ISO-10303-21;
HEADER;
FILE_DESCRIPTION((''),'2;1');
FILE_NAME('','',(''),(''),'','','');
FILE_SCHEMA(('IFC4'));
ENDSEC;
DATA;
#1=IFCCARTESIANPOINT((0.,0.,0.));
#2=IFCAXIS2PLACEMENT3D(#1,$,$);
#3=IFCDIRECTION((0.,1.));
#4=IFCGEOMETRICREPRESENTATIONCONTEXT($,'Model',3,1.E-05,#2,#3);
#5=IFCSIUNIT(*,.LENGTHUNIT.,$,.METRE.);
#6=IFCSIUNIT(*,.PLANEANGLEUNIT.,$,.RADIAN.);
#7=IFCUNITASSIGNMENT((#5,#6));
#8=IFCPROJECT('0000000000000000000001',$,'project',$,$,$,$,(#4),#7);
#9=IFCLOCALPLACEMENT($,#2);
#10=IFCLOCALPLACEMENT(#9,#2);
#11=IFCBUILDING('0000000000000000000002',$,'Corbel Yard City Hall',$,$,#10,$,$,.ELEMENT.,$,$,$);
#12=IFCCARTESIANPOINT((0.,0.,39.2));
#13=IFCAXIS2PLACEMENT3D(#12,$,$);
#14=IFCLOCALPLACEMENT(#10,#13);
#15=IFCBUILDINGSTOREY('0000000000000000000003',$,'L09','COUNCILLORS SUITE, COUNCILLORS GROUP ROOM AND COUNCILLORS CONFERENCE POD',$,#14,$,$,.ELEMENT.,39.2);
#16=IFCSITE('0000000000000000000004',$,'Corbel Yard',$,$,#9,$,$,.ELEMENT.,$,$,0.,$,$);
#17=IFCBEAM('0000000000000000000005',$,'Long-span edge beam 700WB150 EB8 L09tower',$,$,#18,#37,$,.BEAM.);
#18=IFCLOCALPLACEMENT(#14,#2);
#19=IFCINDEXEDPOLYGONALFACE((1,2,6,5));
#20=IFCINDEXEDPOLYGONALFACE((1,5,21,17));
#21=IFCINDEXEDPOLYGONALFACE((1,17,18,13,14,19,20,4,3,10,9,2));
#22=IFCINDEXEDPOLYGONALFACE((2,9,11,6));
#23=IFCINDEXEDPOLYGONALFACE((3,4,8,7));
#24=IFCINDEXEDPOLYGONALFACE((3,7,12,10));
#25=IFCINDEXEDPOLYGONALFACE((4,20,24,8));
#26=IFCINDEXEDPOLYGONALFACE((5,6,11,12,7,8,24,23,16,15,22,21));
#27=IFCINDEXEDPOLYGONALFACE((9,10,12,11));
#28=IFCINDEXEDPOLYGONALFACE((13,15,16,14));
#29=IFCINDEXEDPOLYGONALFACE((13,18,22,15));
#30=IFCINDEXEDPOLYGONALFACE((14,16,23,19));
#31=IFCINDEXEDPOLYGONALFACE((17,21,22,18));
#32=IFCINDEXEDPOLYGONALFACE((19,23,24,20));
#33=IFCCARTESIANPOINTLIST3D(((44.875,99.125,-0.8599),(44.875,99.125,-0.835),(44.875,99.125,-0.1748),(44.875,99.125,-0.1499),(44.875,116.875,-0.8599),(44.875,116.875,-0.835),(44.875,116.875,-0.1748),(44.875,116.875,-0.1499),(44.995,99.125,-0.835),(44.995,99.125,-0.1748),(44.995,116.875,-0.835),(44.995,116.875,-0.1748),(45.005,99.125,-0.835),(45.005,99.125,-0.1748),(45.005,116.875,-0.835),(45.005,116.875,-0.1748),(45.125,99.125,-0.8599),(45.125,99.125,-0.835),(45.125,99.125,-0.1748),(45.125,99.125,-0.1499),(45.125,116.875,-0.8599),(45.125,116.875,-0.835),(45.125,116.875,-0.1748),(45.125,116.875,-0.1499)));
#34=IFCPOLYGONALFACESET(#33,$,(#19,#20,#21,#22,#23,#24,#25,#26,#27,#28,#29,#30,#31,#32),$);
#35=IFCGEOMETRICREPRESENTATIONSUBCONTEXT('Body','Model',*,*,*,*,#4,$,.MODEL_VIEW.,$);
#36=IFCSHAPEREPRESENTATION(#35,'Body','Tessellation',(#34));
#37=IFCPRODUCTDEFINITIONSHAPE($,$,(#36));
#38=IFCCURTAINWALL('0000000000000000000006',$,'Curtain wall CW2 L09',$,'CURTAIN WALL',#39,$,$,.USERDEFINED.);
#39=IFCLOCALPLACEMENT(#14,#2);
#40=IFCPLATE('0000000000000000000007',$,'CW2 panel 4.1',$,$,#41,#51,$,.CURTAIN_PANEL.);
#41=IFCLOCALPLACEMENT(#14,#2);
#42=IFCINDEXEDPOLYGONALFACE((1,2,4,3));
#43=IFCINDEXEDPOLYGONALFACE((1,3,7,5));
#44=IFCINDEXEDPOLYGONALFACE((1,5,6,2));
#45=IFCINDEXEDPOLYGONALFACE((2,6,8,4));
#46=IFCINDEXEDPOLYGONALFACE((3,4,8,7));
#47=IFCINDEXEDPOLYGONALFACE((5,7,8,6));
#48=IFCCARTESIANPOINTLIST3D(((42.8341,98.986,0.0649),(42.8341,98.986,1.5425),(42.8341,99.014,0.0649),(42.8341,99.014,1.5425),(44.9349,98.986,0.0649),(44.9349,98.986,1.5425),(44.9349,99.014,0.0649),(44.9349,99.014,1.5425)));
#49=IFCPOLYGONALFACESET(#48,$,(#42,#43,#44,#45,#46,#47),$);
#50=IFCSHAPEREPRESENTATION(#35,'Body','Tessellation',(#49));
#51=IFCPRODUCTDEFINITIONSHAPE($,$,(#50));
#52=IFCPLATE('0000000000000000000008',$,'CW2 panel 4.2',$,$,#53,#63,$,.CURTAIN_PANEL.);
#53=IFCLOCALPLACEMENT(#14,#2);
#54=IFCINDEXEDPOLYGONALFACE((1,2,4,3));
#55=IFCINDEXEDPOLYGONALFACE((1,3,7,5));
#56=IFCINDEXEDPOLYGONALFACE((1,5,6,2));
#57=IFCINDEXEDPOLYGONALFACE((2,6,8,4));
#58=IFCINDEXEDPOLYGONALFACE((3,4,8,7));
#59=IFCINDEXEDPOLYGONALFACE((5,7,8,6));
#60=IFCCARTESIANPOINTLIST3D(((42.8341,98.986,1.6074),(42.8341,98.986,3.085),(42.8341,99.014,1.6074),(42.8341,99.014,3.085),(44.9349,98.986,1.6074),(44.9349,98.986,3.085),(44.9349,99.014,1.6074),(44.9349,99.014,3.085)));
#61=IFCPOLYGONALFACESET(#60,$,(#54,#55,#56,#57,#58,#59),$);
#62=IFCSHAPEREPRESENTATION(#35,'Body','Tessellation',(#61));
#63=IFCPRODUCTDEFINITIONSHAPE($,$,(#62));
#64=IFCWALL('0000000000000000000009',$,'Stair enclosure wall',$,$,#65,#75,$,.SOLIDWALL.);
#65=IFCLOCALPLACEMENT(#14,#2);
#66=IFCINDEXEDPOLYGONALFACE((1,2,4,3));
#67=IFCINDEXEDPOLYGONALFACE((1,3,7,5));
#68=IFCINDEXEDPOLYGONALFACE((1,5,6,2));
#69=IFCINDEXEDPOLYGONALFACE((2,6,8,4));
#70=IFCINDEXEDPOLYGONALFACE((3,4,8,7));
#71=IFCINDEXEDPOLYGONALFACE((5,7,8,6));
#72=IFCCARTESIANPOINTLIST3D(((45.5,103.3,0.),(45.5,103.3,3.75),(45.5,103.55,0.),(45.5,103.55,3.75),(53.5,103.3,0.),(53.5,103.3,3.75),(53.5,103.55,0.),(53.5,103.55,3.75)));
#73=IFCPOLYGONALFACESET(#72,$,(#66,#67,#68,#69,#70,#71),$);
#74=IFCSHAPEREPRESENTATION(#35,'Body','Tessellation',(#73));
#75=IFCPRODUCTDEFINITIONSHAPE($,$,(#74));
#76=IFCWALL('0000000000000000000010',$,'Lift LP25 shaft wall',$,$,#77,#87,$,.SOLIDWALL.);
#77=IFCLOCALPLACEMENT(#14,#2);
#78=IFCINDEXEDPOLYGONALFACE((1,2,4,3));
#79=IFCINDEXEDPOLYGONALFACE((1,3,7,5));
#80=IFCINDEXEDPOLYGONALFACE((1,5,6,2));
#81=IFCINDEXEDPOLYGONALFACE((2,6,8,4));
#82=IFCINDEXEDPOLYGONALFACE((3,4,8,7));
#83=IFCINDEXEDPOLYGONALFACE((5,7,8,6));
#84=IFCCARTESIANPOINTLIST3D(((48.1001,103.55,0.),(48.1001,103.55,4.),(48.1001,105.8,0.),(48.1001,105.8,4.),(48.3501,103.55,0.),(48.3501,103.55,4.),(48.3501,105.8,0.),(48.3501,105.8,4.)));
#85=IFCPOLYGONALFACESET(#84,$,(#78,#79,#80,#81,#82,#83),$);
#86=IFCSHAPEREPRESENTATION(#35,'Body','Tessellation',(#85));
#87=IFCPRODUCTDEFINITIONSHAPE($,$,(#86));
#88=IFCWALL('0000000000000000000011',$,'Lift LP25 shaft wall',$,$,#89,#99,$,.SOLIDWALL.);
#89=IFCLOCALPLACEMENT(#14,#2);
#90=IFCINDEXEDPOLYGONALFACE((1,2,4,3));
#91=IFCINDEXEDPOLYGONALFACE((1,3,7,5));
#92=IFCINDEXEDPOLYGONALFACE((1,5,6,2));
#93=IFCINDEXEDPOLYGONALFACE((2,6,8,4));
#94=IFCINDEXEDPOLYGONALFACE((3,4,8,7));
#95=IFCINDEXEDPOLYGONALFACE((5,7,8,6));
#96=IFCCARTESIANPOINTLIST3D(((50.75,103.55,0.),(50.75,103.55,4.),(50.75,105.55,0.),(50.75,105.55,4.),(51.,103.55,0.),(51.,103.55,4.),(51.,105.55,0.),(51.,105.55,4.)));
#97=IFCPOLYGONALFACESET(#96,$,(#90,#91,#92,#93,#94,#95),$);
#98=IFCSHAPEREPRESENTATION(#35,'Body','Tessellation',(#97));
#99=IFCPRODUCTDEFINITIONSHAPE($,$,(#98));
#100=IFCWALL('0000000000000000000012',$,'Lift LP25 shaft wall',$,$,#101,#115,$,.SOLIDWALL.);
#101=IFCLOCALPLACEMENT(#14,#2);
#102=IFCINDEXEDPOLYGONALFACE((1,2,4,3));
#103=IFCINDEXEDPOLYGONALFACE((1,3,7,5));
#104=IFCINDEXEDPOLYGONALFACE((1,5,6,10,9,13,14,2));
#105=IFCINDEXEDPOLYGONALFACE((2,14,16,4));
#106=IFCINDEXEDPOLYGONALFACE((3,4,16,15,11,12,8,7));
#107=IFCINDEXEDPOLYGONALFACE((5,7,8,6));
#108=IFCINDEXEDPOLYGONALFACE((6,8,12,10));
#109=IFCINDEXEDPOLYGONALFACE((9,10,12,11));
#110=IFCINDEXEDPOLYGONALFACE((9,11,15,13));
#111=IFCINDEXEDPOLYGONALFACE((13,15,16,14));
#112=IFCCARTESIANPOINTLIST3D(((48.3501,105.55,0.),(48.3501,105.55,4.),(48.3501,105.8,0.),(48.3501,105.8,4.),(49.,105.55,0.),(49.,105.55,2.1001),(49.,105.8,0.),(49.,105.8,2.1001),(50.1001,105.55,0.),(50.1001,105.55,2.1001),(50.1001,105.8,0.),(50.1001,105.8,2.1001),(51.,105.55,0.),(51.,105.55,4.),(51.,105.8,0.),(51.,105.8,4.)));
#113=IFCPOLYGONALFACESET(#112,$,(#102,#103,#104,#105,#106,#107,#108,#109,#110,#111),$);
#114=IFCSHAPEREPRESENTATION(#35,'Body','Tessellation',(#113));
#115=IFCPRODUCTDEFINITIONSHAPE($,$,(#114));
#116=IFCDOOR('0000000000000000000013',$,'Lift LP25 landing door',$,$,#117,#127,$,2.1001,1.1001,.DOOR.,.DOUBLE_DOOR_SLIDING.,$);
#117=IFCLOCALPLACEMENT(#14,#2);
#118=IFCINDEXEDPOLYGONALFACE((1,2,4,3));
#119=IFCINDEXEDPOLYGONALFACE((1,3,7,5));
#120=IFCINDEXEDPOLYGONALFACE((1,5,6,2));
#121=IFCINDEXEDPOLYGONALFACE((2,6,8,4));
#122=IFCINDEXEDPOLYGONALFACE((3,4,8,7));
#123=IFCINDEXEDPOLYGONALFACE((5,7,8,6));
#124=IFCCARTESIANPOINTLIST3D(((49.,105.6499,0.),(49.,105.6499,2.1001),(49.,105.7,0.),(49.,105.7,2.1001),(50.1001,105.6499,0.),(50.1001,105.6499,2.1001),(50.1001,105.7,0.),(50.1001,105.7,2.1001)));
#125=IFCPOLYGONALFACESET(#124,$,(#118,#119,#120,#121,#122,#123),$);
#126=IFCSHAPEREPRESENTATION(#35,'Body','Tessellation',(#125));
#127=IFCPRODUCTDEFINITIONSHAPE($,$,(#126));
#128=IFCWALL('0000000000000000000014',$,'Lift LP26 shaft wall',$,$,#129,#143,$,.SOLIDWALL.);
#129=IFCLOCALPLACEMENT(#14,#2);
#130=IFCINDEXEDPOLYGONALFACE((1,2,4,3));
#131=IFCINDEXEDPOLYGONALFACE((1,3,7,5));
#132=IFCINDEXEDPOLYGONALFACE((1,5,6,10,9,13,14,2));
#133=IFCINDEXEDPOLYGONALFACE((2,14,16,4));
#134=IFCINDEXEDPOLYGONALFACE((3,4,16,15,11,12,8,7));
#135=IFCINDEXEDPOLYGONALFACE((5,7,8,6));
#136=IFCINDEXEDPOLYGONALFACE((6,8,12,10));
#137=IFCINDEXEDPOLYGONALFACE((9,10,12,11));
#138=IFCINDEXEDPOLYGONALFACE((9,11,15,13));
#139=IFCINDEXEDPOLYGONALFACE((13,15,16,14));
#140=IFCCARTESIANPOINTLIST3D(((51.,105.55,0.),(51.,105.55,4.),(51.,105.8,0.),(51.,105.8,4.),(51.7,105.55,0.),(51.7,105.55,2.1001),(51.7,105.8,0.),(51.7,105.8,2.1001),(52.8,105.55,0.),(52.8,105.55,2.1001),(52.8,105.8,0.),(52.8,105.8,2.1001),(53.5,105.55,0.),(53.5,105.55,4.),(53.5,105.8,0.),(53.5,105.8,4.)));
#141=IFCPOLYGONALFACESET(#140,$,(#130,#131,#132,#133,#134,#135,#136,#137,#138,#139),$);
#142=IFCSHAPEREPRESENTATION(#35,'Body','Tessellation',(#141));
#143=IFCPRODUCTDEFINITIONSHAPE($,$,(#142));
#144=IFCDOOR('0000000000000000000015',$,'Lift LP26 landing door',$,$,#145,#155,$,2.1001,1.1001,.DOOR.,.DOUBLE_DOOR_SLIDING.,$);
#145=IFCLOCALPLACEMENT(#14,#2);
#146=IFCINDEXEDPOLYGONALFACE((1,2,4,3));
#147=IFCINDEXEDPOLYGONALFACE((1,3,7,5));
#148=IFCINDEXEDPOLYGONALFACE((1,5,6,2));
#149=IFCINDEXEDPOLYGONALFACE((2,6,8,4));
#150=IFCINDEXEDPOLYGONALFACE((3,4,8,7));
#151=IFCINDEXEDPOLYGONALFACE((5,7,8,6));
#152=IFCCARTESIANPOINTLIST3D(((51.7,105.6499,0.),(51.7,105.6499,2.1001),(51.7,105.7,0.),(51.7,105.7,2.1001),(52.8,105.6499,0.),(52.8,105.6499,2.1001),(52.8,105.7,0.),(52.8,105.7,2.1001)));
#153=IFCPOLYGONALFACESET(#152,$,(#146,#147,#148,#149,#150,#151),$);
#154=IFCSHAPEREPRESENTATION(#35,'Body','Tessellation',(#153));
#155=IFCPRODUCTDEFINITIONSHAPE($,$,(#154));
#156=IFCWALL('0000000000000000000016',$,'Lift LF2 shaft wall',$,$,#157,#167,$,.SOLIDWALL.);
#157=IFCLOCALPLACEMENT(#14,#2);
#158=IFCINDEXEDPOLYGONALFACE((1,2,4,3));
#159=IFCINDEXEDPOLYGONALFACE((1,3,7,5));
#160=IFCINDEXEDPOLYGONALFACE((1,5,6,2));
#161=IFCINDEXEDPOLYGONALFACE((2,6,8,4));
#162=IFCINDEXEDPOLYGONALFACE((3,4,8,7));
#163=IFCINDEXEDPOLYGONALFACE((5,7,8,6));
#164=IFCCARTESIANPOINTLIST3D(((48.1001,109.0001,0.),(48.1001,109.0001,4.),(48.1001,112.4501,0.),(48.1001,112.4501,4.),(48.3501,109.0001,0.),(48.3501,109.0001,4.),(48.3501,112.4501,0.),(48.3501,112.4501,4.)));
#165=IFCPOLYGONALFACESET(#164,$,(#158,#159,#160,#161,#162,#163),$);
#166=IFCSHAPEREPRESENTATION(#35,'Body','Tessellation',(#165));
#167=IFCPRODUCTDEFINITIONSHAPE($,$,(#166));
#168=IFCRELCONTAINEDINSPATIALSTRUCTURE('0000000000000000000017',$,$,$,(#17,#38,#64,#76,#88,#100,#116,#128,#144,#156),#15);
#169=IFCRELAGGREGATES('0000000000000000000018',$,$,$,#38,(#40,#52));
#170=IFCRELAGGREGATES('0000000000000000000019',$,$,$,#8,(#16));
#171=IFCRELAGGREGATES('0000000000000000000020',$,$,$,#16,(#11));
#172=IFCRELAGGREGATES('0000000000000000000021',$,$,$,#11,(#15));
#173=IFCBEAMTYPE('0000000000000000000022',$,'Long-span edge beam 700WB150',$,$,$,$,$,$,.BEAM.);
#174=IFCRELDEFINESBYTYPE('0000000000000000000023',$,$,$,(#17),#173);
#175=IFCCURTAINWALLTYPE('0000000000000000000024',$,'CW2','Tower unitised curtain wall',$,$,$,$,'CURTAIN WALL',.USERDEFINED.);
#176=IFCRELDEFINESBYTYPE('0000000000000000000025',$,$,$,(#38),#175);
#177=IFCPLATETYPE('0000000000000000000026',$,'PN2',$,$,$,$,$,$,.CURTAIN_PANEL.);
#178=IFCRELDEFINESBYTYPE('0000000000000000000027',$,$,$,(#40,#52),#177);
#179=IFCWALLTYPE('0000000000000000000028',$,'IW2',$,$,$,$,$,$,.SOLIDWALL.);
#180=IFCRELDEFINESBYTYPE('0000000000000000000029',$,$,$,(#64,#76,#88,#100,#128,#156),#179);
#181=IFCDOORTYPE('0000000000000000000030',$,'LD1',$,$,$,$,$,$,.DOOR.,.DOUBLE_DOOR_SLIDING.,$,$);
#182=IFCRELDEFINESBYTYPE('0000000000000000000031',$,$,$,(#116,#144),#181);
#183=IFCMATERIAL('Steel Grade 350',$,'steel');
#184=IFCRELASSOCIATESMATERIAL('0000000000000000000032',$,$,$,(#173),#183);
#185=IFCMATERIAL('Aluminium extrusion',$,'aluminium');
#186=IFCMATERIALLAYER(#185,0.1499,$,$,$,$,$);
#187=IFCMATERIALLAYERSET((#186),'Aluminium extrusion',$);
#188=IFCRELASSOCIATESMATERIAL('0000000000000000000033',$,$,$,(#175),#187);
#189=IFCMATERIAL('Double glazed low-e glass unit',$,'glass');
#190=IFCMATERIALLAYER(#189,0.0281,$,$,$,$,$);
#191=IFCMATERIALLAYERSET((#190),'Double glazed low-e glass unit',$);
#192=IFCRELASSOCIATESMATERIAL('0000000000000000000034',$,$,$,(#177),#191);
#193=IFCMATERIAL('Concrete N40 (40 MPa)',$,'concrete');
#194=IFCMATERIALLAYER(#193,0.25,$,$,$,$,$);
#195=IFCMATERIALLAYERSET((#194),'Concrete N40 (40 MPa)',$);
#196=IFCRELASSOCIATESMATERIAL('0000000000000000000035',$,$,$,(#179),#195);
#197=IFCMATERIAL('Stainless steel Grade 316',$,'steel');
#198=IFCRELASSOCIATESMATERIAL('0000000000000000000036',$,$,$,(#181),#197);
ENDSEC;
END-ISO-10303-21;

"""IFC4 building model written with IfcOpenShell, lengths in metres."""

from ifc_helpers import new_model, si_unit, direction, frame, frame_2d, origin, origin_2d, place, context, subcontext, project, spatial, rectangle, i_section, extrude, material, layer, layer_set, material_profile, profile_set, type_object, element, fill, aggregate, save


model = new_model("IFC4")

# Units and contexts
model_context = context("Model", 3, precision=1e-05, world=origin(), true_north=direction((0.0, 1.0)))
body_context = subcontext(model_context, "Body", "Model", "MODEL_VIEW")
ifc_project = project(units=[si_unit("LENGTHUNIT", "METRE"), si_unit("PLANEANGLEUNIT", "RADIAN")], contexts=[model_context])

# Site, building, storey
site_placement = place(None, origin())
site = spatial("IfcSite", under=ifc_project, at=site_placement, Name="Corbel Yard", CompositionType="ELEMENT", RefElevation=0.0)
building_placement = place(site_placement, origin())
building = spatial("IfcBuilding", under=site, at=building_placement, Name="Corbel Yard City Hall", CompositionType="ELEMENT")
storey_placement = place(building_placement, frame((0.0, 0.0, 39.2)))
storey = spatial("IfcBuildingStorey", under=building, at=storey_placement, Name="L09", Description="COUNCILLORS SUITE, COUNCILLORS GROUP ROOM AND COUNCILLORS CONFERENCE POD", CompositionType="ELEMENT", Elevation=39.2)

# Beam
ifc_material_1 = material(Name="Steel Grade 350", Category="steel")
ifc_material_profile = material_profile(ifc_material_1, i_section(OverallWidth=0.25, OverallDepth=0.71, WebThickness=0.01, FlangeThickness=0.0249, at=origin_2d()), Name="700WB150")
ifc_profile_set = profile_set([ifc_material_profile], Name="Steel Grade 350")
beam_type = type_object("IfcBeamType", Name="Long-span edge beam 700WB150", PredefinedType="BEAM", material=ifc_profile_set)
beam_placement = place(storey_placement, frame((45.0, 99.125, -0.5049), z_axis=(0.0, 1.0, 0.0), x_axis=(-1.0, 0.0, 0.0)))
element("IfcBeam", 1, at=beam_placement, inside=storey, type_object=beam_type, Name="Long-span edge beam 700WB150 EB8 L09tower", PredefinedType="BEAM", context=body_context, shape_type="SweptSolid", body=[
    extrude(i_section(OverallWidth=0.25, OverallDepth=0.71, WebThickness=0.01, FlangeThickness=0.0249, at=origin_2d()), origin(), (0.0, 0.0, 1.0), 17.75),
])

# Curtain wall, plates
ifc_material_2 = material(Name="Aluminium extrusion", Category="aluminium")
ifc_layer_1 = layer(ifc_material_2, 0.1499)
ifc_layer_set_1 = layer_set([ifc_layer_1], Name="Aluminium extrusion")
curtain_wall_type = type_object("IfcCurtainWallType", Name="CW2", Description="Tower unitised curtain wall", ElementType="CURTAIN WALL", PredefinedType="USERDEFINED", material=ifc_layer_set_1)
curtain_wall_placement = place(storey_placement, origin())
curtain_wall = element("IfcCurtainWall", 2, at=curtain_wall_placement, inside=storey, type_object=curtain_wall_type, Name="Curtain wall CW2 L09", ObjectType="CURTAIN WALL", PredefinedType="USERDEFINED")
ifc_material_3 = material(Name="Double glazed low-e glass unit", Category="glass")
ifc_layer_2 = layer(ifc_material_3, 0.0281)
ifc_layer_set_2 = layer_set([ifc_layer_2], Name="Double glazed low-e glass unit")
plate_type = type_object("IfcPlateType", Name="PN2", PredefinedType="CURTAIN_PANEL", material=ifc_layer_set_2)
plate_1_placement = place(storey_placement, frame((43.8845, 99.0, 0.0649), z_axis=(0.0, 0.0, 1.0), x_axis=(1.0, 0.0, 0.0)))
plate_1 = element("IfcPlate", 3, at=plate_1_placement, type_object=plate_type, Name="CW2 panel 4.1", PredefinedType="CURTAIN_PANEL", context=body_context, shape_type="SweptSolid", body=[
    extrude(rectangle(XDim=2.1008, YDim=0.0281, at=origin_2d()), origin(), (0.0, 0.0, 1.0), 1.4775),
])
plate_2_placement = place(storey_placement, frame((43.8845, 99.0, 1.6074), z_axis=(0.0, 0.0, 1.0), x_axis=(1.0, 0.0, 0.0)))
plate_2 = element("IfcPlate", 4, at=plate_2_placement, type_object=plate_type, Name="CW2 panel 4.2", PredefinedType="CURTAIN_PANEL", context=body_context, shape_type="SweptSolid", body=[
    extrude(rectangle(XDim=2.1008, YDim=0.0281, at=origin_2d()), origin(), (0.0, 0.0, 1.0), 1.4775),
])
aggregate(curtain_wall, [plate_1, plate_2])

# Walls
ifc_material_4 = material(Name="Concrete N40 (40 MPa)", Category="concrete")
ifc_layer_3 = layer(ifc_material_4, 0.25)
ifc_layer_set_3 = layer_set([ifc_layer_3], Name="Concrete N40 (40 MPa)")
wall_type_1 = type_object("IfcWallType", Name="IW2", PredefinedType="SOLIDWALL", material=ifc_layer_set_3)
wall_1_placement = place(storey_placement, frame((45.5, 103.425, 0.0), z_axis=(0.0, 0.0, 1.0), x_axis=(1.0, 0.0, 0.0)))
element("IfcWall", 5, at=wall_1_placement, inside=storey, type_object=wall_type_1, Name="Stair enclosure wall", PredefinedType="SOLIDWALL", context=body_context, shape_type="SweptSolid", body=[
    extrude(rectangle(XDim=8.0, YDim=0.25, at=frame_2d((4.0, 0.0))), origin(), (0.0, 0.0, 1.0), 3.75),
])
wall_2_placement = place(storey_placement, frame((48.2251, 103.55, 0.0), z_axis=(0.0, 0.0, 1.0), x_axis=(0.0, 1.0, 0.0)))
element("IfcWall", 6, at=wall_2_placement, inside=storey, type_object=wall_type_1, Name="Lift LP25 shaft wall", PredefinedType="SOLIDWALL", context=body_context, shape_type="SweptSolid", body=[
    extrude(rectangle(XDim=2.25, YDim=0.25, at=frame_2d((1.125, 0.0))), origin(), (0.0, 0.0, 1.0), 4.0),
])
wall_3_placement = place(storey_placement, frame((50.875, 103.55, 0.0), z_axis=(0.0, 0.0, 1.0), x_axis=(0.0, 1.0, 0.0)))
element("IfcWall", 7, at=wall_3_placement, inside=storey, type_object=wall_type_1, Name="Lift LP25 shaft wall", PredefinedType="SOLIDWALL", context=body_context, shape_type="SweptSolid", body=[
    extrude(rectangle(XDim=2.0, YDim=0.25, at=frame_2d((1.0, 0.0))), origin(), (0.0, 0.0, 1.0), 4.0),
])

# Walls, openings, doors
wall_4_placement = place(storey_placement, frame((48.3501, 105.675, 0.0), z_axis=(0.0, 0.0, 1.0), x_axis=(1.0, 0.0, 0.0)))
wall_4 = element("IfcWall", 8, at=wall_4_placement, inside=storey, type_object=wall_type_1, Name="Lift LP25 shaft wall", PredefinedType="SOLIDWALL", context=body_context, shape_type="SweptSolid", body=[
    extrude(rectangle(XDim=2.6499, YDim=0.25, at=frame_2d((1.325, 0.0))), origin(), (0.0, 0.0, 1.0), 4.0),
])
opening_1_placement = place(wall_4_placement, frame((0.6499, 0.0, 0.0)))
opening_1 = element("IfcOpeningElement", 9, at=opening_1_placement, cuts=wall_4, PredefinedType="OPENING", context=body_context, shape_type="SweptSolid", body=[
    extrude(rectangle(XDim=1.1001, YDim=2.1001, at=frame_2d((0.55, 1.05))), frame((0.0, 0.135, 0.0), z_axis=(0.0, -1.0, 0.0), x_axis=(1.0, 0.0, 0.0)), (0.0, 0.0, 1.0), 0.27),
])
ifc_material_5 = material(Name="Stainless steel Grade 316", Category="steel")
door_type_1 = type_object("IfcDoorType", Name="LD1", OperationType="DOUBLE_DOOR_SLIDING", PredefinedType="DOOR", material=ifc_material_5)
door_1_placement = place(opening_1_placement, origin())
door_1 = element("IfcDoor", 10, at=door_1_placement, inside=storey, type_object=door_type_1, Name="Lift LP25 landing door", OperationType="DOUBLE_DOOR_SLIDING", OverallHeight=2.1001, OverallWidth=1.1001, PredefinedType="DOOR", context=body_context, shape_type="SweptSolid", body=[
    extrude(rectangle(XDim=1.1001, YDim=2.1001, at=frame_2d((0.55, 1.05))), frame((0.0, 0.0249, 0.0), z_axis=(0.0, -1.0, 0.0), x_axis=(1.0, 0.0, 0.0)), (0.0, 0.0, 1.0), 0.05),
])
fill(opening_1, door_1)
wall_5_placement = place(storey_placement, frame((51.0, 105.675, 0.0), z_axis=(0.0, 0.0, 1.0), x_axis=(1.0, 0.0, 0.0)))
wall_5 = element("IfcWall", 11, at=wall_5_placement, inside=storey, type_object=wall_type_1, Name="Lift LP26 shaft wall", PredefinedType="SOLIDWALL", context=body_context, shape_type="SweptSolid", body=[
    extrude(rectangle(XDim=2.5, YDim=0.25, at=frame_2d((1.25, 0.0))), origin(), (0.0, 0.0, 1.0), 4.0),
])
opening_2_placement = place(wall_5_placement, frame((0.7, 0.0, 0.0)))
opening_2 = element("IfcOpeningElement", 12, at=opening_2_placement, cuts=wall_5, PredefinedType="OPENING", context=body_context, shape_type="SweptSolid", body=[
    extrude(rectangle(XDim=1.1001, YDim=2.1001, at=frame_2d((0.55, 1.05))), frame((0.0, 0.135, 0.0), z_axis=(0.0, -1.0, 0.0), x_axis=(1.0, 0.0, 0.0)), (0.0, 0.0, 1.0), 0.27),
])
door_2_placement = place(opening_2_placement, origin())
door_2 = element("IfcDoor", 13, at=door_2_placement, inside=storey, type_object=door_type_1, Name="Lift LP26 landing door", OperationType="DOUBLE_DOOR_SLIDING", OverallHeight=2.1001, OverallWidth=1.1001, PredefinedType="DOOR", context=body_context, shape_type="SweptSolid", body=[
    extrude(rectangle(XDim=1.1001, YDim=2.1001, at=frame_2d((0.55, 1.05))), frame((0.0, 0.0249, 0.0), z_axis=(0.0, -1.0, 0.0), x_axis=(1.0, 0.0, 0.0)), (0.0, 0.0, 1.0), 0.05),
])
fill(opening_2, door_2)

# Wall
wall_6_placement = place(storey_placement, frame((48.2251, 109.0, 0.0), z_axis=(0.0, 0.0, 1.0), x_axis=(0.0, 1.0, 0.0)))
element("IfcWall", 14, at=wall_6_placement, inside=storey, type_object=wall_type_1, Name="Lift LF2 shaft wall", PredefinedType="SOLIDWALL", context=body_context, shape_type="SweptSolid", body=[
    extrude(rectangle(XDim=3.45, YDim=0.25, at=frame_2d((1.7251, 0.0))), origin(), (0.0, 0.0, 1.0), 4.0),
])

save(model, "model.ifc")
